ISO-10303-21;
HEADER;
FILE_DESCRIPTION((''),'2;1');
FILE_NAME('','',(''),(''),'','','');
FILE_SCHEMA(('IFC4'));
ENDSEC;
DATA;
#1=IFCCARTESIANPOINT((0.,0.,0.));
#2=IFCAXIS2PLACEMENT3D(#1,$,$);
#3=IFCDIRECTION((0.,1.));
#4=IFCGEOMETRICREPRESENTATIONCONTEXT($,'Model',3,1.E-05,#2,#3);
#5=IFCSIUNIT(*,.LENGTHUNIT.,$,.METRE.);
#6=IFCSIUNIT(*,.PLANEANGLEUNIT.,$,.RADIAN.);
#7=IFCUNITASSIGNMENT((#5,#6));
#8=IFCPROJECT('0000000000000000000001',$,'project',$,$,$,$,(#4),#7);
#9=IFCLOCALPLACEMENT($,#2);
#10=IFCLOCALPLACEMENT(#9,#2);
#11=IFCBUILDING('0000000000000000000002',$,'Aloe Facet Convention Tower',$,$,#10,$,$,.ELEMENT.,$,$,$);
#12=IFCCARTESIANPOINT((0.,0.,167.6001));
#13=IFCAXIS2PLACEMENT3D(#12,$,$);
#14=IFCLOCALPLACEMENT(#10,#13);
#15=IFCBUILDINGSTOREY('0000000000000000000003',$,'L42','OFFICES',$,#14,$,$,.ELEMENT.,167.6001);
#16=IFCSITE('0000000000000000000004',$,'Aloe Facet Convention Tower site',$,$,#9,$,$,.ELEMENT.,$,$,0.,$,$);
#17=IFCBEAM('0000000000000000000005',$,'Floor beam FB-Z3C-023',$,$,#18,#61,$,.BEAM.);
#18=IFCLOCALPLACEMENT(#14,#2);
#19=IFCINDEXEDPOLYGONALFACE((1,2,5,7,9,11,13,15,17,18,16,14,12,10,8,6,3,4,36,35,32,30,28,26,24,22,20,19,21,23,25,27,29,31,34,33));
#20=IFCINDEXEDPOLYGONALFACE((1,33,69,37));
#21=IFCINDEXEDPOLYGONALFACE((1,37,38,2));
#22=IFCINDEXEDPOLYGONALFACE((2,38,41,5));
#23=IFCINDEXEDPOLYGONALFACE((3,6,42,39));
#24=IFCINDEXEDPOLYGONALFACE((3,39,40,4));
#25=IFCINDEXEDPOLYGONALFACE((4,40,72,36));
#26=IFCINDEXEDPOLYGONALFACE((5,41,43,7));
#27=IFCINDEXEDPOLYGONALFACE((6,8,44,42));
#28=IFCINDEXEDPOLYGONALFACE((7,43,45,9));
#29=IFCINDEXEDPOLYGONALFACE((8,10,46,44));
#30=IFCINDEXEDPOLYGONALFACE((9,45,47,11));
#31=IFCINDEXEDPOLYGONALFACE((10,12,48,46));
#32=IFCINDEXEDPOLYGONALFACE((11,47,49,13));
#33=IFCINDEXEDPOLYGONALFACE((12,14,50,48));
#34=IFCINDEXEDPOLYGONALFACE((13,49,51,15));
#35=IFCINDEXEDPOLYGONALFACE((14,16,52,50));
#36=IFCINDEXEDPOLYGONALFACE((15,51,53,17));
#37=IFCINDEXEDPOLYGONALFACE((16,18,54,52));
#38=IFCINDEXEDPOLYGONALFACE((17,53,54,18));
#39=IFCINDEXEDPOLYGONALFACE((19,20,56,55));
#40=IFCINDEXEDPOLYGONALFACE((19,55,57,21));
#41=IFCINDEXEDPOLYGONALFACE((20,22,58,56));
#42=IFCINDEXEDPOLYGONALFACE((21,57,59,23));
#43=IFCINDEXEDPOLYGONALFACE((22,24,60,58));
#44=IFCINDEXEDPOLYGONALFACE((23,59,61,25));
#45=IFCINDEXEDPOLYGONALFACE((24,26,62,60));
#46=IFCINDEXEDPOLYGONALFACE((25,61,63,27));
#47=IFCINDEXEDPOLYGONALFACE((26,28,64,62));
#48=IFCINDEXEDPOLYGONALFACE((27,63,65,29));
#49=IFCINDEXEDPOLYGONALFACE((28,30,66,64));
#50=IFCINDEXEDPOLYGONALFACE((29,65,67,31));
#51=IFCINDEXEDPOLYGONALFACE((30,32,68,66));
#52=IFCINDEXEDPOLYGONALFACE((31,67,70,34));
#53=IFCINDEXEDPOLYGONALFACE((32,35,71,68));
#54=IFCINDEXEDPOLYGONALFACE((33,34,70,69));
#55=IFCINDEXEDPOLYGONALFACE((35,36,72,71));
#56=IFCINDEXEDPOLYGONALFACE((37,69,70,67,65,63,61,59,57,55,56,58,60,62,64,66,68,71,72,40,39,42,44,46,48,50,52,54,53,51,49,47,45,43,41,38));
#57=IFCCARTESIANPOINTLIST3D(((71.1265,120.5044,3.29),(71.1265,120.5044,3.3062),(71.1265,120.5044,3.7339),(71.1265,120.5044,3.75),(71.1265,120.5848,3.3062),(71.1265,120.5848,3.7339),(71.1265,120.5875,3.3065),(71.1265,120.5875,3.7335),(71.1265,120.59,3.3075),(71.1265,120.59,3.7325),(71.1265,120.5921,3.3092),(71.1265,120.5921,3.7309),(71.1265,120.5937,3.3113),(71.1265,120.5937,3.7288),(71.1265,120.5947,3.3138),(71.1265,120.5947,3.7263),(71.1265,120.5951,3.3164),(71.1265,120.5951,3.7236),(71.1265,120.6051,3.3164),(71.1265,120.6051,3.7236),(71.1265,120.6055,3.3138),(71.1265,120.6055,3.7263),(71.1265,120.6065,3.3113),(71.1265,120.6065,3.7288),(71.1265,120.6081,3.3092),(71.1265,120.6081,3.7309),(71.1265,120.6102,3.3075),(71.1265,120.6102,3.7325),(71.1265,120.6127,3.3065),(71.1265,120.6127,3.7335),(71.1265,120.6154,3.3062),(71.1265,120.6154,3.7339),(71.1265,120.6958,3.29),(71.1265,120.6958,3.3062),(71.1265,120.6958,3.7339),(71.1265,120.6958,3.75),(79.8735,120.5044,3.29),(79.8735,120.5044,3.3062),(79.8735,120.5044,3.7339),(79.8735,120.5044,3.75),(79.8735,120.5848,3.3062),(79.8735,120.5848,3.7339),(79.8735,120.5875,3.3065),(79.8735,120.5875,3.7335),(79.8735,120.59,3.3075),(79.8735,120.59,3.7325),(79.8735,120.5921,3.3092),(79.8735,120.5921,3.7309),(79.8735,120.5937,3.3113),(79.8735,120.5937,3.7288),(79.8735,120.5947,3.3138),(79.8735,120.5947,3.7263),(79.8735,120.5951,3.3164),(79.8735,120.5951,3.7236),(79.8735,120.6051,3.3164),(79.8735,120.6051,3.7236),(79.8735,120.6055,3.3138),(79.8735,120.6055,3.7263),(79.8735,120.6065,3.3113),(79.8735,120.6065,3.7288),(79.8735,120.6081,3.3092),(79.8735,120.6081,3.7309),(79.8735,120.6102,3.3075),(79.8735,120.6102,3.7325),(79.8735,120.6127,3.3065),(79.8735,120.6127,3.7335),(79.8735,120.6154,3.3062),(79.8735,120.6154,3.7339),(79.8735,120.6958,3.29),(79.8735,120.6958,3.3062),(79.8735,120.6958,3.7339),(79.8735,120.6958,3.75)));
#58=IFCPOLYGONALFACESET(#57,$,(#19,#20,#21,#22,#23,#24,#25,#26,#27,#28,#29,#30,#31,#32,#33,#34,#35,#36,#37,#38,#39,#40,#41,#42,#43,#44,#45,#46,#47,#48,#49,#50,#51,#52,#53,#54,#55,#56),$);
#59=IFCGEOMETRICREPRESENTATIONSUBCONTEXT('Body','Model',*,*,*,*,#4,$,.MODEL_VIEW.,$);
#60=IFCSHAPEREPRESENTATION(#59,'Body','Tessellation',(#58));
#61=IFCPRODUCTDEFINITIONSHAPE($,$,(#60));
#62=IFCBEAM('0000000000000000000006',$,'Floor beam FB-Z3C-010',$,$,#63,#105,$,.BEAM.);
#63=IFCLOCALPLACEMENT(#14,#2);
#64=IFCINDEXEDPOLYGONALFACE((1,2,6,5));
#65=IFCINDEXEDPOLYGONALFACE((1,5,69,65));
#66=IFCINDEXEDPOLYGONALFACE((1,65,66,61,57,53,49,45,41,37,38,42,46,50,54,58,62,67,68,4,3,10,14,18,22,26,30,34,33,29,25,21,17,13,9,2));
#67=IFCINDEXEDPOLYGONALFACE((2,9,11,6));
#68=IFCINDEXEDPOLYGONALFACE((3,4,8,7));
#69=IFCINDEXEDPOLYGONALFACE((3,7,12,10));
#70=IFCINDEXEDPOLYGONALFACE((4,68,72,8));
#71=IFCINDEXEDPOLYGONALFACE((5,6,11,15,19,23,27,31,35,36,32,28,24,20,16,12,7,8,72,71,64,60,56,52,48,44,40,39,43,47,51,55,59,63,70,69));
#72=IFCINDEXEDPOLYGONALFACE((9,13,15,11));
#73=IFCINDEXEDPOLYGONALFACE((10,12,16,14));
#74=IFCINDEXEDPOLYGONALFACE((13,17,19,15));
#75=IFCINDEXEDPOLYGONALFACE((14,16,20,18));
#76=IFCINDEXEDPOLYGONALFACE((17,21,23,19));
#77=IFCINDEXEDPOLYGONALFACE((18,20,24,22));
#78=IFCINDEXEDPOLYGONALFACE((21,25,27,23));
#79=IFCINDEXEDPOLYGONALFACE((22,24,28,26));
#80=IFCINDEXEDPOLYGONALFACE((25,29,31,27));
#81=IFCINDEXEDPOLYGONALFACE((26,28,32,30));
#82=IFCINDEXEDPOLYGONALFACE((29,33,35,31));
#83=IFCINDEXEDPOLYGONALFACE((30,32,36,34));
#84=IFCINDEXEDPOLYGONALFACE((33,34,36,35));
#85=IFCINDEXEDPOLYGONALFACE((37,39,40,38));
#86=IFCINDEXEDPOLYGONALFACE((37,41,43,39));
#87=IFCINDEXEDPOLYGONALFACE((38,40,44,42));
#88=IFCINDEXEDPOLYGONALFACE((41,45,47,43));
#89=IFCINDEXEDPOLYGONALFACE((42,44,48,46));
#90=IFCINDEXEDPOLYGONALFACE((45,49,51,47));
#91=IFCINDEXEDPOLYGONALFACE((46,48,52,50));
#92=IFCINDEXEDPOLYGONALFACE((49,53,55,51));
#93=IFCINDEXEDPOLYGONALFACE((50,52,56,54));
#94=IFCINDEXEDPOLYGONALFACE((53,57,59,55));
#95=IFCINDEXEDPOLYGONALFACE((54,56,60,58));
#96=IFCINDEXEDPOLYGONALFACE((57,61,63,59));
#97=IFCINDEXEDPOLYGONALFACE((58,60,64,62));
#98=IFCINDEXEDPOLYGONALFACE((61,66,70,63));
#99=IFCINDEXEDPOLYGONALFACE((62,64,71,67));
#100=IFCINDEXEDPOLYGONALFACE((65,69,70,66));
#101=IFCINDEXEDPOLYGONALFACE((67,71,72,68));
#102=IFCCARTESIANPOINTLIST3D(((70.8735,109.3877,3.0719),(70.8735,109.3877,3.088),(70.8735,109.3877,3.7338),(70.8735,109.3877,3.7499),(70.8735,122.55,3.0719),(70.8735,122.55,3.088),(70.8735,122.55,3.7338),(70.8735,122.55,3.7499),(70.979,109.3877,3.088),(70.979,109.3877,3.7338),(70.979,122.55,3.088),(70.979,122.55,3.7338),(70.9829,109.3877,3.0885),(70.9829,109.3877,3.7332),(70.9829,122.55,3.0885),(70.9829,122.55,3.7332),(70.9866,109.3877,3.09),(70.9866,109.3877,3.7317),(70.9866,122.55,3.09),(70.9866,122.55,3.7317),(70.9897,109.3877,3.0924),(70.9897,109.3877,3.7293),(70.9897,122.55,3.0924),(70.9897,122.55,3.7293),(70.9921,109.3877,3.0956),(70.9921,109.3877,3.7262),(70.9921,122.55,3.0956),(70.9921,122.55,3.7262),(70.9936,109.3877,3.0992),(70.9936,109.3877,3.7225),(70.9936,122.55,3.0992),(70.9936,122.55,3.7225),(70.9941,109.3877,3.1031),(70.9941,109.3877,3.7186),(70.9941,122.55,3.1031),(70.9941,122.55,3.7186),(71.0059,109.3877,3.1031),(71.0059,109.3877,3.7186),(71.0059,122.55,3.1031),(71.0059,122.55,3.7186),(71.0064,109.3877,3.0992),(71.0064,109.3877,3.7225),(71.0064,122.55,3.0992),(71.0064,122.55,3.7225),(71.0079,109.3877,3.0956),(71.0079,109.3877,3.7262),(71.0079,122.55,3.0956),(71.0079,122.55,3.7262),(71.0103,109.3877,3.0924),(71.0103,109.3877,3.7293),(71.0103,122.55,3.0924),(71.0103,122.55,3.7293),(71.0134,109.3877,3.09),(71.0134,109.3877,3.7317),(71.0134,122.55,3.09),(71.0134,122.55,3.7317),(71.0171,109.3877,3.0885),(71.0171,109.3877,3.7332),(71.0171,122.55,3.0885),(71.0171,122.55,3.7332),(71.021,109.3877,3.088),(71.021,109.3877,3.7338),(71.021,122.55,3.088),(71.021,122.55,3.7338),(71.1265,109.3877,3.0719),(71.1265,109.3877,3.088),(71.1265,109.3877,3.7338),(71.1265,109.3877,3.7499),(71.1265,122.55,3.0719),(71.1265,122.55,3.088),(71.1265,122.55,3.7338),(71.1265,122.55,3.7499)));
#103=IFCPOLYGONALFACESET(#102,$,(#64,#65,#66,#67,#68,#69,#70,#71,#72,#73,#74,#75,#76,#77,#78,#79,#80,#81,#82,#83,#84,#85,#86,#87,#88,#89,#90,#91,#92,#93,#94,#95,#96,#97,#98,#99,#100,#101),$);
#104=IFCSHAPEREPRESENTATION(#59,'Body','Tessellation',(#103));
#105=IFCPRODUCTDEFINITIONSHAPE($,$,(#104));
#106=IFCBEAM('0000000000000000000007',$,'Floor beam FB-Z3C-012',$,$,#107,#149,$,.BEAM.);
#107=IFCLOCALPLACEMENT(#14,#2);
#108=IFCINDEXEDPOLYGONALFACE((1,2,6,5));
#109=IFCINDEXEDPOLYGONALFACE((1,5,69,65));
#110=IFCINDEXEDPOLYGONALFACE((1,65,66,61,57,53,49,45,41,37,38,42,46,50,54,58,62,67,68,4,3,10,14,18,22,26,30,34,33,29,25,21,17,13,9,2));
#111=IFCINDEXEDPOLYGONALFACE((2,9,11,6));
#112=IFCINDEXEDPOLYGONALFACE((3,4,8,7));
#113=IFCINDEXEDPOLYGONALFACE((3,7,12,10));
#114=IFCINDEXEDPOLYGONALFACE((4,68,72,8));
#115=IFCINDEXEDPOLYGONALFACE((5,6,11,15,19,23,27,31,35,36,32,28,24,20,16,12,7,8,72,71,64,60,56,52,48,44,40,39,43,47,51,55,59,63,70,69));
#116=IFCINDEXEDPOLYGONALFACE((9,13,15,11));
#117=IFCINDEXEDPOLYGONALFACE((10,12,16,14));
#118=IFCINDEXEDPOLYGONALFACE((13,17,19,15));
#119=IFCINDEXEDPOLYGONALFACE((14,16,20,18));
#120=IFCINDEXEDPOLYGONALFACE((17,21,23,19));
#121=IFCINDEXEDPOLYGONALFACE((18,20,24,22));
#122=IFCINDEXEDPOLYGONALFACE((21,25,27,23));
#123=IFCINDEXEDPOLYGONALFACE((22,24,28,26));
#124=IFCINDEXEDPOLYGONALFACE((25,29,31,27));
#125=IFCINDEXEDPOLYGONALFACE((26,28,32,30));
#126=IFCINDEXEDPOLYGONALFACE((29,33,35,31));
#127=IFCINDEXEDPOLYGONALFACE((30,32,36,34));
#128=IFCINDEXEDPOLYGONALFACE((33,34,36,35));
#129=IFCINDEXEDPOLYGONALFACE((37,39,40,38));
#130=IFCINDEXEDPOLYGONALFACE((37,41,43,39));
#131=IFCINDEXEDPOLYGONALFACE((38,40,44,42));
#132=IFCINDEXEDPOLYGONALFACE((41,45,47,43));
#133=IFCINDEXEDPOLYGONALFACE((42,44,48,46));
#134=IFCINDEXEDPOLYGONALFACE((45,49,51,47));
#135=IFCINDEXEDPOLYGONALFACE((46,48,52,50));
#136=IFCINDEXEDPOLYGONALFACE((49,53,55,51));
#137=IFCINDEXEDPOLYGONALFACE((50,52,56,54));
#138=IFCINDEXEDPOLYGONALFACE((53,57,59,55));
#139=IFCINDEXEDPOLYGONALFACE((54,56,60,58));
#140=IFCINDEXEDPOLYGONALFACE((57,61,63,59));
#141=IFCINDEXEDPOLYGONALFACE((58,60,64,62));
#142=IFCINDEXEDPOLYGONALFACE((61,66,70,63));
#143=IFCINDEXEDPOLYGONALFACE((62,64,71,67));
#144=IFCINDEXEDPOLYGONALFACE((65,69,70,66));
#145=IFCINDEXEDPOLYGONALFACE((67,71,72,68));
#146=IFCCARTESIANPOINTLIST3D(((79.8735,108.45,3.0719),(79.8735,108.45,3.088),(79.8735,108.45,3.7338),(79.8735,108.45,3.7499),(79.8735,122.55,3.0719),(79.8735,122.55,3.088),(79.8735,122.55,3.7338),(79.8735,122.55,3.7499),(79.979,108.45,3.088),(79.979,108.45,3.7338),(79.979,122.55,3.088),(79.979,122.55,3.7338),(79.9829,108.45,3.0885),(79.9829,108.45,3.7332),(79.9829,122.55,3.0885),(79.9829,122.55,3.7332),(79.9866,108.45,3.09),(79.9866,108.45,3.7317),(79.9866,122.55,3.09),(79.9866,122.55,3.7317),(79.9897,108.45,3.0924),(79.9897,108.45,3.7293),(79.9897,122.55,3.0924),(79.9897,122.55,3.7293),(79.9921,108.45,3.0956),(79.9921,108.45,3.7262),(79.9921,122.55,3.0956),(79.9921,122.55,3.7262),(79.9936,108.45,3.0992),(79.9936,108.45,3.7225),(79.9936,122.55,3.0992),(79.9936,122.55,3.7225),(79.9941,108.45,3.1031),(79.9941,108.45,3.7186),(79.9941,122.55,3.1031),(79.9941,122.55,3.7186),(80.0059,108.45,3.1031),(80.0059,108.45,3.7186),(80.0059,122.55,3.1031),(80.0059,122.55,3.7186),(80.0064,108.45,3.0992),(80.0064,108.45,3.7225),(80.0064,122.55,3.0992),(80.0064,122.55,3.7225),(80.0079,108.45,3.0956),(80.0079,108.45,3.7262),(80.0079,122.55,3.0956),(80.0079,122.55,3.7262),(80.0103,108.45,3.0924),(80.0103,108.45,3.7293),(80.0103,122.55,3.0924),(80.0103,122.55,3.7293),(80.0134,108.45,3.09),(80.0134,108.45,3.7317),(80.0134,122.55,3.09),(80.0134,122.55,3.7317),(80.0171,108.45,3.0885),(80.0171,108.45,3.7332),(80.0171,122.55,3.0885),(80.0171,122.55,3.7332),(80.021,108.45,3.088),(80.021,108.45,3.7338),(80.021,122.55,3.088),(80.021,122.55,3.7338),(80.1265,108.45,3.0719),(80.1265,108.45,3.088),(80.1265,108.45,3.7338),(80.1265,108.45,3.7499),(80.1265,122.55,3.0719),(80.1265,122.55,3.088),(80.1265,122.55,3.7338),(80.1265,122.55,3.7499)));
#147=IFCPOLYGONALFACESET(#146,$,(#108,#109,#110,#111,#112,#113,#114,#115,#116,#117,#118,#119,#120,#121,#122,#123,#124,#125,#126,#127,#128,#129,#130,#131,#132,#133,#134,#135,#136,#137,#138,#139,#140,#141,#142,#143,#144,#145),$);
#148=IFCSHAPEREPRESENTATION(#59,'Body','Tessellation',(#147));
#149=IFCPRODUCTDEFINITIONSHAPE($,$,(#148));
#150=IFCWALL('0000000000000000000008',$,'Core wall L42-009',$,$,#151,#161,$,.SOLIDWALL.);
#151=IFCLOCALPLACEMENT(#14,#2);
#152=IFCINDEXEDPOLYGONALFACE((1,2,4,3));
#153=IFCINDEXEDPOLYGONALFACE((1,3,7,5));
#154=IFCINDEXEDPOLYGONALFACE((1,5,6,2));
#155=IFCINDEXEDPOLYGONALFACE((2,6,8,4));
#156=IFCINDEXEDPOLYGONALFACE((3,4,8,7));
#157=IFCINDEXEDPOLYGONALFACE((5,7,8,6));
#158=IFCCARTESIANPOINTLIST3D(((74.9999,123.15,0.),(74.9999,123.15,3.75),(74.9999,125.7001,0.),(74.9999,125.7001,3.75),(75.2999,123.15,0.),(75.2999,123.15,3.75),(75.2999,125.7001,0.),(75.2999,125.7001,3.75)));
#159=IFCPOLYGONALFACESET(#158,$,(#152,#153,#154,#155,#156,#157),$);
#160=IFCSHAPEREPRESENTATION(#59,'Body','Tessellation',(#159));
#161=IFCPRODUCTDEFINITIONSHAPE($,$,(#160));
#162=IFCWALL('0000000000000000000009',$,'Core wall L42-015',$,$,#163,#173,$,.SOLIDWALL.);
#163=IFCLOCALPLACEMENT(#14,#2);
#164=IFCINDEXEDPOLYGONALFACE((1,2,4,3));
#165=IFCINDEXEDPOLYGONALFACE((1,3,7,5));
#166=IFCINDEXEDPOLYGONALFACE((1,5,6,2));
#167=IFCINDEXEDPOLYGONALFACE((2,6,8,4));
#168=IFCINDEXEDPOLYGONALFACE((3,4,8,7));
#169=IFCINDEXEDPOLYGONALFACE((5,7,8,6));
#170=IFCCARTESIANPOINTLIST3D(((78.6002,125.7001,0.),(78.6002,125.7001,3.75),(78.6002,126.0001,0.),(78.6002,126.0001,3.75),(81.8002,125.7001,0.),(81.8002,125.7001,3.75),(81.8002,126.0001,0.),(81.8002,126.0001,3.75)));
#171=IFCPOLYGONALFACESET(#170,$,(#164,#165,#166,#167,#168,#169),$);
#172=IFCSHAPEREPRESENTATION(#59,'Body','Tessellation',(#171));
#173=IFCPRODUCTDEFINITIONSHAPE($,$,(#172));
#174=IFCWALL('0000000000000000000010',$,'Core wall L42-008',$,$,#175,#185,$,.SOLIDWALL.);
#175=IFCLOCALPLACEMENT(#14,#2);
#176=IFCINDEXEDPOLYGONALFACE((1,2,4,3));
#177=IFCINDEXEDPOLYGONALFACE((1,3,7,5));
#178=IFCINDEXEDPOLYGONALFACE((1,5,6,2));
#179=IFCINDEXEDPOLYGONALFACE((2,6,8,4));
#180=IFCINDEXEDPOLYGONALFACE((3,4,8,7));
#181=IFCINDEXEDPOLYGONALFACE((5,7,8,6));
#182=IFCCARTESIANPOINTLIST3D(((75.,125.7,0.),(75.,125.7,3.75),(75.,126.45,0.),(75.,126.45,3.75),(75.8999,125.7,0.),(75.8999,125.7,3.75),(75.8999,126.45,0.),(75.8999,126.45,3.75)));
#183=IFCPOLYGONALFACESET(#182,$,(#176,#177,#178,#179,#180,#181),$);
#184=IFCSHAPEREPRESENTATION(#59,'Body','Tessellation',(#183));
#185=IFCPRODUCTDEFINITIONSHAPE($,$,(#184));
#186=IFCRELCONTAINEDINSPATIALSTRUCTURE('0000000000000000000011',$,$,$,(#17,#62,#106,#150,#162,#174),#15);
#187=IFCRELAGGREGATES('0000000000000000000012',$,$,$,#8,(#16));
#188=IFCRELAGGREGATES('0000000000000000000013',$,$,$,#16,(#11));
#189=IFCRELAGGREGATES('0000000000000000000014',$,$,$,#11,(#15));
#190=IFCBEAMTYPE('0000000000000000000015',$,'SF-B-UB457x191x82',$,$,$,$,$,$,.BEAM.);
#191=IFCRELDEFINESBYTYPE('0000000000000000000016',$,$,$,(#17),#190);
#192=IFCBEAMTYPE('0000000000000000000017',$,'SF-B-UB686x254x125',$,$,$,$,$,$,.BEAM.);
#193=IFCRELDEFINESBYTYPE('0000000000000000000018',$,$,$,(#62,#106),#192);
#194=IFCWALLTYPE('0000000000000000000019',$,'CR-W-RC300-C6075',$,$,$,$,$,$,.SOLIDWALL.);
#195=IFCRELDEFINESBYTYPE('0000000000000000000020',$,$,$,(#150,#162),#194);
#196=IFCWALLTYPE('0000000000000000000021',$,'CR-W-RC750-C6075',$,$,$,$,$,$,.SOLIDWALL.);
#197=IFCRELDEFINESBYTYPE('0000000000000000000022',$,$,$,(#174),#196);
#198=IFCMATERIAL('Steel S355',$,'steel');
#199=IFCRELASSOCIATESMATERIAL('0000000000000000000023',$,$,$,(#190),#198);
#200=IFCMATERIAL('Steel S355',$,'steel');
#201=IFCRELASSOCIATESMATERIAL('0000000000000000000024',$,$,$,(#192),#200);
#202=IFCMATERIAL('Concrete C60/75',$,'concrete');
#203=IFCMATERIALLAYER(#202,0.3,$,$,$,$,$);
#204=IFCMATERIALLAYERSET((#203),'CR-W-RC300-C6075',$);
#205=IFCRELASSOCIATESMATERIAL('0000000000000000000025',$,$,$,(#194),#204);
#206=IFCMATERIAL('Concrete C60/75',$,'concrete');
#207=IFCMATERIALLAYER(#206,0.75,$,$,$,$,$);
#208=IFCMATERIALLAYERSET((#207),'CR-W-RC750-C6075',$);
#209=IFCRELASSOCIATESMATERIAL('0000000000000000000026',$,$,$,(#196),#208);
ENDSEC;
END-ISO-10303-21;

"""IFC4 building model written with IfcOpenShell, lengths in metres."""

from ifc_helpers import new_model, si_unit, direction, frame, frame_2d, origin, origin_2d, place, context, subcontext, project, spatial, rectangle, i_section, extrude, material, layer, layer_set, material_profile, profile_set, type_object, element, save


model = new_model("IFC4")

# Units and contexts
model_context = context("Model", 3, precision=1e-05, world=origin(), true_north=direction((0.0, 1.0)))
body_context = subcontext(model_context, "Body", "Model", "MODEL_VIEW")
ifc_project = project(units=[si_unit("LENGTHUNIT", "METRE"), si_unit("PLANEANGLEUNIT", "RADIAN")], contexts=[model_context])

# Site, building, storey
site_placement = place(None, origin())
site = spatial("IfcSite", under=ifc_project, at=site_placement, Name="Aloe Facet Convention Tower site", CompositionType="ELEMENT", RefElevation=0.0)
building_placement = place(site_placement, origin())
building = spatial("IfcBuilding", under=site, at=building_placement, Name="Aloe Facet Convention Tower", CompositionType="ELEMENT")
storey_placement = place(building_placement, frame((0.0, 0.0, 167.6001)))
storey = spatial("IfcBuildingStorey", under=building, at=storey_placement, Name="L42", Description="OFFICES", CompositionType="ELEMENT", Elevation=167.6001)

# Beams
ifc_material_1 = material(Name="Steel S355", Category="steel")
ifc_material_profile_1 = material_profile(ifc_material_1, i_section(OverallWidth=0.1914, OverallDepth=0.46, WebThickness=0.01, FlangeThickness=0.0161, FilletRadius=0.0103, at=origin_2d()), Name="UB 457x191x82")
ifc_profile_set_1 = profile_set([ifc_material_profile_1], Name="Steel S355")
beam_type_1 = type_object("IfcBeamType", Name="SF-B-UB457x191x82", PredefinedType="BEAM", material=ifc_profile_set_1)
beam_1_placement = place(storey_placement, frame((71.1265, 120.6001, 3.52), z_axis=(1.0, 0.0, 0.0), x_axis=(0.0, 1.0, 0.0)))
element("IfcBeam", 1, at=beam_1_placement, inside=storey, type_object=beam_type_1, Name="Floor beam FB-Z3C-023", PredefinedType="BEAM", context=body_context, shape_type="SweptSolid", body=[
    extrude(i_section(OverallWidth=0.1914, OverallDepth=0.46, WebThickness=0.01, FlangeThickness=0.0161, FilletRadius=0.0103, at=origin_2d()), origin(), (0.0, 0.0, 1.0), 8.7471),
])
ifc_material_2 = material(Name="Steel S355", Category="steel")
ifc_material_profile_2 = material_profile(ifc_material_2, i_section(OverallWidth=0.2529, OverallDepth=0.678, WebThickness=0.0117, FlangeThickness=0.0161, FilletRadius=0.0151, at=origin_2d()), Name="UB 686x254x125")
ifc_profile_set_2 = profile_set([ifc_material_profile_2], Name="Steel S355")
beam_type_2 = type_object("IfcBeamType", Name="SF-B-UB686x254x125", PredefinedType="BEAM", material=ifc_profile_set_2)
beam_2_placement = place(storey_placement, frame((71.0, 122.55, 3.4109), z_axis=(0.0, -1.0, 0.0), x_axis=(1.0, 0.0, 0.0)))
element("IfcBeam", 2, at=beam_2_placement, inside=storey, type_object=beam_type_2, Name="Floor beam FB-Z3C-010", PredefinedType="BEAM", context=body_context, shape_type="SweptSolid", body=[
    extrude(i_section(OverallWidth=0.2529, OverallDepth=0.678, WebThickness=0.0117, FlangeThickness=0.0161, FilletRadius=0.0151, at=origin_2d()), origin(), (0.0, 0.0, 1.0), 13.1624),
])
beam_3_placement = place(storey_placement, frame((80.0, 122.55, 3.4109), z_axis=(0.0, -1.0, 0.0), x_axis=(1.0, 0.0, 0.0)))
element("IfcBeam", 3, at=beam_3_placement, inside=storey, type_object=beam_type_2, Name="Floor beam FB-Z3C-012", PredefinedType="BEAM", context=body_context, shape_type="SweptSolid", body=[
    extrude(i_section(OverallWidth=0.2529, OverallDepth=0.678, WebThickness=0.0117, FlangeThickness=0.0161, FilletRadius=0.0151, at=origin_2d()), origin(), (0.0, 0.0, 1.0), 14.1001),
])

# Walls
ifc_material_3 = material(Name="Concrete C60/75", Category="concrete")
ifc_layer_1 = layer(ifc_material_3, 0.3)
ifc_layer_set_1 = layer_set([ifc_layer_1], Name="CR-W-RC300-C6075")
wall_type_1 = type_object("IfcWallType", Name="CR-W-RC300-C6075", PredefinedType="SOLIDWALL", material=ifc_layer_set_1)
wall_1_placement = place(storey_placement, frame((75.1499, 125.7, 0.0), z_axis=(0.0, 0.0, 1.0), x_axis=(0.0, -1.0, 0.0)))
element("IfcWall", 4, at=wall_1_placement, inside=storey, type_object=wall_type_1, Name="Core wall L42-009", PredefinedType="SOLIDWALL", context=body_context, shape_type="SweptSolid", body=[
    extrude(rectangle(XDim=2.55, YDim=0.3, at=frame_2d((1.2749, 0.0))), origin(), (0.0, 0.0, 1.0), 3.75),
])
wall_2_placement = place(storey_placement, frame((78.6001, 125.8501, 0.0), z_axis=(0.0, 0.0, 1.0), x_axis=(1.0, 0.0, 0.0)))
element("IfcWall", 5, at=wall_2_placement, inside=storey, type_object=wall_type_1, Name="Core wall L42-015", PredefinedType="SOLIDWALL", context=body_context, shape_type="SweptSolid", body=[
    extrude(rectangle(XDim=3.2, YDim=0.3, at=frame_2d((1.6001, 0.0))), origin(), (0.0, 0.0, 1.0), 3.75),
])
ifc_material_4 = material(Name="Concrete C60/75", Category="concrete")
ifc_layer_2 = layer(ifc_material_4, 0.75)
ifc_layer_set_2 = layer_set([ifc_layer_2], Name="CR-W-RC750-C6075")
wall_type_2 = type_object("IfcWallType", Name="CR-W-RC750-C6075", PredefinedType="SOLIDWALL", material=ifc_layer_set_2)
wall_3_placement = place(storey_placement, frame((75.0, 126.075, 0.0), z_axis=(0.0, 0.0, 1.0), x_axis=(1.0, 0.0, 0.0)))
element("IfcWall", 6, at=wall_3_placement, inside=storey, type_object=wall_type_2, Name="Core wall L42-008", PredefinedType="SOLIDWALL", context=body_context, shape_type="SweptSolid", body=[
    extrude(rectangle(XDim=0.8999, YDim=0.75, at=frame_2d((0.45, 0.0))), origin(), (0.0, 0.0, 1.0), 3.75),
])

save(model, "model.ifc")
